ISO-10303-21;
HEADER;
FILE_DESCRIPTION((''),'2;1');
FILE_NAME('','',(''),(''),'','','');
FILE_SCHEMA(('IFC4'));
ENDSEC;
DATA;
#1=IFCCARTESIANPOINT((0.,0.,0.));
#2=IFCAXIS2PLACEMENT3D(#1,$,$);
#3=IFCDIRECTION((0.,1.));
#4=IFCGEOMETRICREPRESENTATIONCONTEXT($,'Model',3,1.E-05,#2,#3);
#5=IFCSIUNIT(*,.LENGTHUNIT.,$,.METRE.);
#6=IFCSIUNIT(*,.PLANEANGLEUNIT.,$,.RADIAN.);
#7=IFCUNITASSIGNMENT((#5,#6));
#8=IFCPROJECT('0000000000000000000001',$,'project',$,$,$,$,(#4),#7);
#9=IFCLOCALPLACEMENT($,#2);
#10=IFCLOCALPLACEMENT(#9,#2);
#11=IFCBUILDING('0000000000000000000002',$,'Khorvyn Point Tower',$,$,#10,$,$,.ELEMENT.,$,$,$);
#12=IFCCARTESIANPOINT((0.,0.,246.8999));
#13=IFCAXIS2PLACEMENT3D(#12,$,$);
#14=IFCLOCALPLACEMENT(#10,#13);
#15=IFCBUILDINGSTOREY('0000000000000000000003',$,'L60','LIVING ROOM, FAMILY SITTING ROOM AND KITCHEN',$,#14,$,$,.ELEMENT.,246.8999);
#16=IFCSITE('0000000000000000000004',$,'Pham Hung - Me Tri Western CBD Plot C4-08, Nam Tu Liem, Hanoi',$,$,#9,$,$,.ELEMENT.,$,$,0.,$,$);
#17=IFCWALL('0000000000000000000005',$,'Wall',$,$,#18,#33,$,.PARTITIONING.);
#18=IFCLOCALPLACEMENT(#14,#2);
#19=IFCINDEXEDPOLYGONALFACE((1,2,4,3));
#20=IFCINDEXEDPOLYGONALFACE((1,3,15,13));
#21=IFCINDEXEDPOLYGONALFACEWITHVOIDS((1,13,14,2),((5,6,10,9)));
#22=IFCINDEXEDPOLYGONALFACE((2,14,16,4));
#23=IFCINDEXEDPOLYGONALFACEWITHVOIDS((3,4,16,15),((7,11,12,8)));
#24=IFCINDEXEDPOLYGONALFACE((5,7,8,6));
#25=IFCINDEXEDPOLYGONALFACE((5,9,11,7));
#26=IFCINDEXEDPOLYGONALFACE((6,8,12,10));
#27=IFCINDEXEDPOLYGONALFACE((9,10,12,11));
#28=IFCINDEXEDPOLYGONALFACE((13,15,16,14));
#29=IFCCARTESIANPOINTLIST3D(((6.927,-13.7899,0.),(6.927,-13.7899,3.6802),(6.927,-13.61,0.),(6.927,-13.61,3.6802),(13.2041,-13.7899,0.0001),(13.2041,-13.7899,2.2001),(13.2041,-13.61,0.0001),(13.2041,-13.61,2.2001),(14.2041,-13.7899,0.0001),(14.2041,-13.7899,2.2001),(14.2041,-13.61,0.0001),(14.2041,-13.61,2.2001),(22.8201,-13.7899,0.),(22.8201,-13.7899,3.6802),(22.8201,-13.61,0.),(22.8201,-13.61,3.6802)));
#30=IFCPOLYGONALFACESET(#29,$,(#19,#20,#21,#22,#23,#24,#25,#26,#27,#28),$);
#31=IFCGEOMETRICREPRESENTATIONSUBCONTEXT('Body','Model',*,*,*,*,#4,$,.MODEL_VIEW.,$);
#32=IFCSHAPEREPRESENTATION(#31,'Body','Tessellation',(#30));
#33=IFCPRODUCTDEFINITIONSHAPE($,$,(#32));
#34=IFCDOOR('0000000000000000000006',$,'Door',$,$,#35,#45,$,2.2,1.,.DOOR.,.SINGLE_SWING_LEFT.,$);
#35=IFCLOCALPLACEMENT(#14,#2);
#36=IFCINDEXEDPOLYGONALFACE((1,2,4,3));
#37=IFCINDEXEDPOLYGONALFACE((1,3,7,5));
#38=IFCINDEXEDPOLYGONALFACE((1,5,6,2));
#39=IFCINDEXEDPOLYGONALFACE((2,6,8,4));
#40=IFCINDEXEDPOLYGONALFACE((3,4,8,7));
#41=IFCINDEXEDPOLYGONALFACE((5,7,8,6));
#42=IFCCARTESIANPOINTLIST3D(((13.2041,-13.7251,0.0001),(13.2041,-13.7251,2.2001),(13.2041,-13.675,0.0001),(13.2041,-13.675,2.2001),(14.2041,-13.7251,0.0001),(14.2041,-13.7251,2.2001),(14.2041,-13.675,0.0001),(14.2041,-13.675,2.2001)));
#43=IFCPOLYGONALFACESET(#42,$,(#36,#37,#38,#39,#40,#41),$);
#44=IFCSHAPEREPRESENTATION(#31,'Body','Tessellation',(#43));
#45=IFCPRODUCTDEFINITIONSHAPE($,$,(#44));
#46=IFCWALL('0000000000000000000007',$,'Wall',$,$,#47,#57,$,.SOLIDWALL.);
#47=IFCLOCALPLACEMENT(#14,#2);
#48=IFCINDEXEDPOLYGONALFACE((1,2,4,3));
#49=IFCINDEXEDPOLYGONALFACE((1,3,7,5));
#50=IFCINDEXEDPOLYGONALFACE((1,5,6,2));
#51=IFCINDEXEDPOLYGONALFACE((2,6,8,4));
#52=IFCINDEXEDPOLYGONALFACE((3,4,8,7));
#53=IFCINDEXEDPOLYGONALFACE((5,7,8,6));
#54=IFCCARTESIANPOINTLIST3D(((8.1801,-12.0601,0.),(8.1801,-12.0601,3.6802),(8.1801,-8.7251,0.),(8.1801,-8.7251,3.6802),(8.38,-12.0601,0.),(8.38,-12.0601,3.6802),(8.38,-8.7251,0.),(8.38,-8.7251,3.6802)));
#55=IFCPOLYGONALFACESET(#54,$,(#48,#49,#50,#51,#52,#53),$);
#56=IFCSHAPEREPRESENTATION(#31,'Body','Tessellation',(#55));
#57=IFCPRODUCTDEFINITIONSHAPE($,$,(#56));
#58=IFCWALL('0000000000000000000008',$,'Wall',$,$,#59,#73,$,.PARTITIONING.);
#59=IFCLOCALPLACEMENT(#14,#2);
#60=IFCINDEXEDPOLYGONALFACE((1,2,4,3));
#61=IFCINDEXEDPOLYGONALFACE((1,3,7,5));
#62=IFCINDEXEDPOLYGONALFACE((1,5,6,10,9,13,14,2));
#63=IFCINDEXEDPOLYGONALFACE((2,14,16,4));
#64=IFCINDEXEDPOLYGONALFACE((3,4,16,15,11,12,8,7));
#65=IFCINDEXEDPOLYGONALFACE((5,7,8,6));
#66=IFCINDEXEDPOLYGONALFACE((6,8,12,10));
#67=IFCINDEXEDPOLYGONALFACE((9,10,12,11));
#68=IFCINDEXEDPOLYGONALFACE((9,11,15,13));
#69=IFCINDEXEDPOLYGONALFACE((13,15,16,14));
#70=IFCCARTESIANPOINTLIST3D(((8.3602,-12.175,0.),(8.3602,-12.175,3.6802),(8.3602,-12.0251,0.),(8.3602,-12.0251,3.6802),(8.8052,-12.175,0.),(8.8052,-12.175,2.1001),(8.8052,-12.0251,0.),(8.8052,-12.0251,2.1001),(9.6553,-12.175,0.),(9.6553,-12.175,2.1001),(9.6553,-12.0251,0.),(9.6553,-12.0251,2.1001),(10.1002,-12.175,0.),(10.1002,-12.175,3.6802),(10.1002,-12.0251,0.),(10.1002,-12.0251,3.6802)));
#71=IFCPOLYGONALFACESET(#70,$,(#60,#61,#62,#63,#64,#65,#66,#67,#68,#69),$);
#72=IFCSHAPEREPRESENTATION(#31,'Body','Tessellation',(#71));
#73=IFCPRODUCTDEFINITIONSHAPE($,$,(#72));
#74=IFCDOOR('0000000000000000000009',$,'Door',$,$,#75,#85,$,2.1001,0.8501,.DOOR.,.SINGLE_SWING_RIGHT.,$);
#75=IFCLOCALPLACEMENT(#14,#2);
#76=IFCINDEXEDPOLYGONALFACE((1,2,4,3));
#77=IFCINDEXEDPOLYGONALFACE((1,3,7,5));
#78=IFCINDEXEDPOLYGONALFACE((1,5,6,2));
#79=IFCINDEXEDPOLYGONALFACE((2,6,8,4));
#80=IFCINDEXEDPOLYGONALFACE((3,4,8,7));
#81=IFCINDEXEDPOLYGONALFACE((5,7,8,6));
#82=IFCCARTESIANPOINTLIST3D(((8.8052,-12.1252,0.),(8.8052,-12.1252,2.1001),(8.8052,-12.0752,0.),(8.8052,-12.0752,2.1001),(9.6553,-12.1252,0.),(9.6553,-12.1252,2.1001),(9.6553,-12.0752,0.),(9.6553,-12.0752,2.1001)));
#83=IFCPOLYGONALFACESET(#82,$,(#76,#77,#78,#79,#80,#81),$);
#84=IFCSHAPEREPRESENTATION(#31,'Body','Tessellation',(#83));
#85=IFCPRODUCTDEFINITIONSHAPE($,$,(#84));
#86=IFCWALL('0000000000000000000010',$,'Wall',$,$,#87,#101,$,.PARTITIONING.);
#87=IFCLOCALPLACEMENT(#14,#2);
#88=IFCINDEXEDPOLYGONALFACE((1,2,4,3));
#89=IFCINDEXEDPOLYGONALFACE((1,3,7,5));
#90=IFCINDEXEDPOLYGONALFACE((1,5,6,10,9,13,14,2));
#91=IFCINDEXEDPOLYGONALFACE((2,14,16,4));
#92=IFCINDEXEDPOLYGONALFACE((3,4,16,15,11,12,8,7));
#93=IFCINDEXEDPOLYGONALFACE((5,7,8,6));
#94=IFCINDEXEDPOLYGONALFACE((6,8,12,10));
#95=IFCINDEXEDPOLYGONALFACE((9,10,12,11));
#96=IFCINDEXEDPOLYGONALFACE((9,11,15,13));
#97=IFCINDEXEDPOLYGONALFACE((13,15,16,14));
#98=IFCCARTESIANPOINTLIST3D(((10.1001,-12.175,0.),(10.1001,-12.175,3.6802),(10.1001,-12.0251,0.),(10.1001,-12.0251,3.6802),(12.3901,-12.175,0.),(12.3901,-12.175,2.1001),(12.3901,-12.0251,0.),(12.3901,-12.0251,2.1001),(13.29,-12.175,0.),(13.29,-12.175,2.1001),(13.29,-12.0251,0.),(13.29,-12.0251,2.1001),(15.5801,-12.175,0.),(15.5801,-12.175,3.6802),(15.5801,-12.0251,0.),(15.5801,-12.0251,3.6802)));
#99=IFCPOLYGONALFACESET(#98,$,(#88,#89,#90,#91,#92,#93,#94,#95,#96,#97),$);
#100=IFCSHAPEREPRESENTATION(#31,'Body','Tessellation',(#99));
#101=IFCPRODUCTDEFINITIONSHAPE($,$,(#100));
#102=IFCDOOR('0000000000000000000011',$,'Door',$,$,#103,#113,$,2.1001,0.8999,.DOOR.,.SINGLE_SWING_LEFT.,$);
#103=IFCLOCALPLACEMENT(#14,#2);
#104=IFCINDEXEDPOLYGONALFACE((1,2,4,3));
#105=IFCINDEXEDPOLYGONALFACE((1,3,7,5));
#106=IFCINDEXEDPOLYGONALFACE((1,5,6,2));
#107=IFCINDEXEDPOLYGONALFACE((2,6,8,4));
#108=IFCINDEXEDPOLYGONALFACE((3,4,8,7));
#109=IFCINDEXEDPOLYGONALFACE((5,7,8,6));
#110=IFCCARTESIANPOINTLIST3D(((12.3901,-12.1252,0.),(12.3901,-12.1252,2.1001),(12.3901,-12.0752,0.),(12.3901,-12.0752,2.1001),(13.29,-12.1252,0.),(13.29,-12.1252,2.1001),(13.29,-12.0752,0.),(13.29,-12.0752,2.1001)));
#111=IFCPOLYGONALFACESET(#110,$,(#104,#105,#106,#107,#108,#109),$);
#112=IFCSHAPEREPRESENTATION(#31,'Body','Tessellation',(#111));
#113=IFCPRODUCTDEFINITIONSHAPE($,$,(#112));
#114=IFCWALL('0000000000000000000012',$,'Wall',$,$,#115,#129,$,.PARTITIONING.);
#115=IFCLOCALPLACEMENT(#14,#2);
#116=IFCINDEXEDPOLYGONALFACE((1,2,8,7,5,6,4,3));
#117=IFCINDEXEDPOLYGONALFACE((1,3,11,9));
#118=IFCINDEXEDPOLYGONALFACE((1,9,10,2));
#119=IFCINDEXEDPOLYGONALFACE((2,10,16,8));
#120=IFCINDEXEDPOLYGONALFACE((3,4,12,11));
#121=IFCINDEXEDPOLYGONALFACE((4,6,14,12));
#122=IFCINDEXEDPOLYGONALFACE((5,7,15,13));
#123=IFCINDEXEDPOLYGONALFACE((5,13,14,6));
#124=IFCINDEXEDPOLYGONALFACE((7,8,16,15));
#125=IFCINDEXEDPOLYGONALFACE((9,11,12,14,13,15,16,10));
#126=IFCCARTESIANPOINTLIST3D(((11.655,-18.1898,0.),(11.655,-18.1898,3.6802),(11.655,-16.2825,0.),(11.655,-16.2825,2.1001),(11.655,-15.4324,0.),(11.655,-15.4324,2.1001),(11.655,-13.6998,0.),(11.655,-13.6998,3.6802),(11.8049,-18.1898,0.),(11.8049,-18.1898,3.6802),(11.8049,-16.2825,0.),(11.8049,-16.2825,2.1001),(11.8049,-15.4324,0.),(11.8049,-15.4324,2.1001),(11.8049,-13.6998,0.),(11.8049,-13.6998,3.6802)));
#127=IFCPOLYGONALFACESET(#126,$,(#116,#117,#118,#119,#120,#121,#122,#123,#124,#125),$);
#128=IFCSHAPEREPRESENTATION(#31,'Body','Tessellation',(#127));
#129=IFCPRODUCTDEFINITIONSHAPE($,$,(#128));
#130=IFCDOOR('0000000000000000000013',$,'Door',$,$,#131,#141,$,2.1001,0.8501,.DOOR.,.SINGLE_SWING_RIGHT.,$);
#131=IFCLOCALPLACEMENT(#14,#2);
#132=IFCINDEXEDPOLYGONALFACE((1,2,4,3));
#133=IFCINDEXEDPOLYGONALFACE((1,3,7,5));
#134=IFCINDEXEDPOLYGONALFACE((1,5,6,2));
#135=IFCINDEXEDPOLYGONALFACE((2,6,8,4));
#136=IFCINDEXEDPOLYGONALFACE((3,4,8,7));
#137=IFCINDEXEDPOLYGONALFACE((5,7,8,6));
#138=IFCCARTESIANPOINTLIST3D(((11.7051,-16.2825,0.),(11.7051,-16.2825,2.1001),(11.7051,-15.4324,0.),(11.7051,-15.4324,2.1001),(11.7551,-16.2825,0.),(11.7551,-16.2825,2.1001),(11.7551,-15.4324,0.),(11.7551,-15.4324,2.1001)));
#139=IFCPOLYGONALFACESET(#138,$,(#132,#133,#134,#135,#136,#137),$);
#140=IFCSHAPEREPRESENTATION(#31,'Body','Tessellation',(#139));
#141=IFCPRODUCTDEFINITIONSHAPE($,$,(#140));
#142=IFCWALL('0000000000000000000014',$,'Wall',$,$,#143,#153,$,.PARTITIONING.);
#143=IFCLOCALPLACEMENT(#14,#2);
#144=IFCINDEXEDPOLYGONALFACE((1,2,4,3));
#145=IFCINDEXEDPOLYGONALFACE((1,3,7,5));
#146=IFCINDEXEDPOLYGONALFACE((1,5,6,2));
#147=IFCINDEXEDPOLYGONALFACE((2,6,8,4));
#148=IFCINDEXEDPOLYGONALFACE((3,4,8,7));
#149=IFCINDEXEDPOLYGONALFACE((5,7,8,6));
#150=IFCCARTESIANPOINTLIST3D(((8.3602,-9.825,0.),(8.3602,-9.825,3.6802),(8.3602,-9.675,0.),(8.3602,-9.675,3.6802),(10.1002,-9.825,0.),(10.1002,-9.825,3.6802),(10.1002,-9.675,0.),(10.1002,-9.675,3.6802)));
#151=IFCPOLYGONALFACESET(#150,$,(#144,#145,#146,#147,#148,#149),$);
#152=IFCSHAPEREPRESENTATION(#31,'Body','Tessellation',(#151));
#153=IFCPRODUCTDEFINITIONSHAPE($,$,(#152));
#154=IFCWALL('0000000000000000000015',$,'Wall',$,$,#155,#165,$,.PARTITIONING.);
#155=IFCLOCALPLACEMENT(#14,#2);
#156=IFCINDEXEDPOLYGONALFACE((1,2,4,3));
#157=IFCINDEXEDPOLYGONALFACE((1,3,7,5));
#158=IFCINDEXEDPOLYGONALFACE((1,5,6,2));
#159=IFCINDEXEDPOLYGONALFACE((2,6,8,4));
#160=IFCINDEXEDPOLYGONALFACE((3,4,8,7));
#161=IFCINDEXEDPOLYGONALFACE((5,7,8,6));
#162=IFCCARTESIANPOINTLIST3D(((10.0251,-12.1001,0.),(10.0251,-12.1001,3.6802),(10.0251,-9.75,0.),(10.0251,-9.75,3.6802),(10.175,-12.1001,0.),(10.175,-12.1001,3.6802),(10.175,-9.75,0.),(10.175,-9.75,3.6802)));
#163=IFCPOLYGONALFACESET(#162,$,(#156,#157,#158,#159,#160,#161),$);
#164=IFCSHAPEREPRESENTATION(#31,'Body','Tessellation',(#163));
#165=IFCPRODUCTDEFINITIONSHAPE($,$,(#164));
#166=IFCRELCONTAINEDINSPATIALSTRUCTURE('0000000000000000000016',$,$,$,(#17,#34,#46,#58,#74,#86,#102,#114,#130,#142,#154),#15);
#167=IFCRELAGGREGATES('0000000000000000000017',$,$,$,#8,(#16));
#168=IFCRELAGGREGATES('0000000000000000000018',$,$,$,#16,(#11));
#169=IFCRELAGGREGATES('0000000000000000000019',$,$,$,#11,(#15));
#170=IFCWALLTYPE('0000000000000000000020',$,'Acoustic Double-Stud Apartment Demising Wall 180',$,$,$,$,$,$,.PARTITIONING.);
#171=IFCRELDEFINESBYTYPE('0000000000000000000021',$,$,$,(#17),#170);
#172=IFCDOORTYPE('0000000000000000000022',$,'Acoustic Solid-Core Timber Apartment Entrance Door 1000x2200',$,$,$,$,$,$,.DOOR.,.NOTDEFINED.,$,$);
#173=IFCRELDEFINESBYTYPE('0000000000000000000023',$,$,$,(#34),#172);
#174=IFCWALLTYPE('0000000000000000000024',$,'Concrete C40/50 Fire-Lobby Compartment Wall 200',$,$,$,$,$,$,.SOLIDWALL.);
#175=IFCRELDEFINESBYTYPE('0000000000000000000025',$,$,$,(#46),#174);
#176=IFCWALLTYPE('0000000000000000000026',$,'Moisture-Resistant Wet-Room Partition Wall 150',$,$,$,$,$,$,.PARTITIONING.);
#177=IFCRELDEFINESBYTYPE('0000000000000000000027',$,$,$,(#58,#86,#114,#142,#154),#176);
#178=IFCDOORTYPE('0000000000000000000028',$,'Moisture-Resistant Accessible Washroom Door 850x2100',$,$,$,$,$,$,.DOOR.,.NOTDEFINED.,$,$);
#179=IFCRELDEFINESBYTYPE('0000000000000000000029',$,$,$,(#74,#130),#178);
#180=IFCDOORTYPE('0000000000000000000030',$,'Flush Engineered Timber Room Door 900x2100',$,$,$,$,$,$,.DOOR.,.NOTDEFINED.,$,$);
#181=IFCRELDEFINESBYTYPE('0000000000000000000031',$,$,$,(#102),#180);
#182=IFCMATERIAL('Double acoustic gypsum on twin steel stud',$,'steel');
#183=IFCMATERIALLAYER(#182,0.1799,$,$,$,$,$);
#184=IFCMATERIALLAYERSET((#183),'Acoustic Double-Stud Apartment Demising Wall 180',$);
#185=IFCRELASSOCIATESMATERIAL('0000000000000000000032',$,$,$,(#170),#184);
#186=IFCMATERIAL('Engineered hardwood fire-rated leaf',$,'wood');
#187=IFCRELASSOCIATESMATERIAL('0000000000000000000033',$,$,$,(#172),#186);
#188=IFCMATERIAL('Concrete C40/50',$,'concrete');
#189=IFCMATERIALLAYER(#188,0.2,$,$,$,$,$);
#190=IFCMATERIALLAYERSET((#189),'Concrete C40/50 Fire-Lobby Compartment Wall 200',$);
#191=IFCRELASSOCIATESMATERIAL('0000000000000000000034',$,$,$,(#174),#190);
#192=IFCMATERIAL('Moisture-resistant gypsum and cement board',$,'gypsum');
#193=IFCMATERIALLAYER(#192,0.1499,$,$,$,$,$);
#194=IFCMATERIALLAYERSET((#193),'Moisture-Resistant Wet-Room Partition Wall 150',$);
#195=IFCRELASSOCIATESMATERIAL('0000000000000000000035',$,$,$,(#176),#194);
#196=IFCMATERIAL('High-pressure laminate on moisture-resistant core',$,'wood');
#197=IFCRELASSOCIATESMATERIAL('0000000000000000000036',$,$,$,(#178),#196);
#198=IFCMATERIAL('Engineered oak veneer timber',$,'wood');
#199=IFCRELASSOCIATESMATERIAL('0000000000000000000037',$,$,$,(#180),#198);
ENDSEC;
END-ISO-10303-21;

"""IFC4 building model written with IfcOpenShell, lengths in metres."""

from ifc_helpers import new_model, si_unit, direction, frame, frame_2d, origin, place, context, subcontext, project, spatial, rectangle, extrude, material, layer, layer_set, type_object, element, fill, save


model = new_model("IFC4")

# Units and contexts
model_context = context("Model", 3, precision=1e-05, world=origin(), true_north=direction((0.0, 1.0)))
body_context = subcontext(model_context, "Body", "Model", "MODEL_VIEW")
ifc_project = project(units=[si_unit("LENGTHUNIT", "METRE"), si_unit("PLANEANGLEUNIT", "RADIAN")], contexts=[model_context])

# Site, building, storey
site_placement = place(None, origin())
site = spatial("IfcSite", under=ifc_project, at=site_placement, Name="Pham Hung - Me Tri Western CBD Plot C4-08, Nam Tu Liem, Hanoi", CompositionType="ELEMENT", RefElevation=0.0)
building_placement = place(site_placement, origin())
building = spatial("IfcBuilding", under=site, at=building_placement, Name="Khorvyn Point Tower", CompositionType="ELEMENT")
storey_placement = place(building_placement, frame((0.0, 0.0, 246.8999)))
storey = spatial("IfcBuildingStorey", under=building, at=storey_placement, Name="L60", Description="LIVING ROOM, FAMILY SITTING ROOM AND KITCHEN", CompositionType="ELEMENT", Elevation=246.8999)

# Shared definitions
ifc_material_1 = material(Name="Concrete C40/50", Category="concrete")

# Wall, opening, door
ifc_material_2 = material(Name="Double acoustic gypsum on twin steel stud", Category="steel")
ifc_layer_1 = layer(ifc_material_2, 0.1799)
ifc_layer_set_1 = layer_set([ifc_layer_1], Name="Acoustic Double-Stud Apartment Demising Wall 180")
wall_type_1 = type_object("IfcWallType", Name="Acoustic Double-Stud Apartment Demising Wall 180", PredefinedType="PARTITIONING", material=ifc_layer_set_1)
wall_1_placement = place(storey_placement, frame((6.927, -13.7, 0.0), z_axis=(0.0, 0.0, 1.0), x_axis=(1.0, 0.0, 0.0)))
wall_1 = element("IfcWall", 1, at=wall_1_placement, inside=storey, type_object=wall_type_1, Name="Wall", PredefinedType="PARTITIONING", context=body_context, shape_type="SweptSolid", body=[
    extrude(rectangle(XDim=15.8931, YDim=0.1799, at=frame_2d((7.9465, 0.0))), origin(), (0.0, 0.0, 1.0), 3.6802),
])
opening_1_placement = place(wall_1_placement, frame((6.2771, 0.0, 0.0)))
opening_1 = element("IfcOpeningElement", 2, at=opening_1_placement, cuts=wall_1, PredefinedType="OPENING", context=body_context, shape_type="SweptSolid", body=[
    extrude(rectangle(XDim=1.0, YDim=2.2, at=frame_2d((0.5, 1.1001))), frame((0.0, 0.0999, 0.0), z_axis=(0.0, -1.0, 0.0), x_axis=(1.0, 0.0, 0.0)), (0.0, 0.0, 1.0), 0.2),
])
ifc_material_3 = material(Name="Engineered hardwood fire-rated leaf", Category="wood")
door_type_1 = type_object("IfcDoorType", Name="Acoustic Solid-Core Timber Apartment Entrance Door 1000x2200", OperationType="NOTDEFINED", PredefinedType="DOOR", material=ifc_material_3)
door_1_placement = place(opening_1_placement, origin())
door_1 = element("IfcDoor", 3, at=door_1_placement, inside=storey, type_object=door_type_1, Name="Door", OperationType="SINGLE_SWING_LEFT", OverallHeight=2.2, OverallWidth=1.0, PredefinedType="DOOR", context=body_context, shape_type="SweptSolid", body=[
    extrude(rectangle(XDim=1.0, YDim=2.2, at=frame_2d((0.5, 1.1001))), frame((0.0, 0.0249, 0.0), z_axis=(0.0, -1.0, 0.0), x_axis=(1.0, 0.0, 0.0)), (0.0, 0.0, 1.0), 0.05),
])
fill(opening_1, door_1)
ifc_layer_2 = layer(ifc_material_1, 0.2)
ifc_layer_set_2 = layer_set([ifc_layer_2], Name="Concrete C40/50 Fire-Lobby Compartment Wall 200")
wall_type_2 = type_object("IfcWallType", Name="Concrete C40/50 Fire-Lobby Compartment Wall 200", PredefinedType="SOLIDWALL", material=ifc_layer_set_2)

# Wall
wall_2_placement = place(storey_placement, frame((8.28, -12.0601, 0.0), z_axis=(0.0, 0.0, 1.0), x_axis=(0.0, 1.0, 0.0)))
element("IfcWall", 4, at=wall_2_placement, inside=storey, type_object=wall_type_2, Name="Wall", PredefinedType="SOLIDWALL", context=body_context, shape_type="SweptSolid", body=[
    extrude(rectangle(XDim=3.335, YDim=0.2, at=frame_2d((1.6675, 0.0))), origin(), (0.0, 0.0, 1.0), 3.6802),
])

# Walls, openings, doors
ifc_material_4 = material(Name="Moisture-resistant gypsum and cement board", Category="gypsum")
ifc_layer_3 = layer(ifc_material_4, 0.1499)
ifc_layer_set_3 = layer_set([ifc_layer_3], Name="Moisture-Resistant Wet-Room Partition Wall 150")
wall_type_3 = type_object("IfcWallType", Name="Moisture-Resistant Wet-Room Partition Wall 150", PredefinedType="PARTITIONING", material=ifc_layer_set_3)
wall_3_placement = place(storey_placement, frame((8.3601, -12.1001, 0.0), z_axis=(0.0, 0.0, 1.0), x_axis=(1.0, 0.0, 0.0)))
wall_3 = element("IfcWall", 5, at=wall_3_placement, inside=storey, type_object=wall_type_3, Name="Wall", PredefinedType="PARTITIONING", context=body_context, shape_type="SweptSolid", body=[
    extrude(rectangle(XDim=1.74, YDim=0.1499, at=frame_2d((0.8701, 0.0))), origin(), (0.0, 0.0, 1.0), 3.6802),
])
opening_2_placement = place(wall_3_placement, frame((0.4451, 0.0, 0.0)))
opening_2 = element("IfcOpeningElement", 6, at=opening_2_placement, cuts=wall_3, PredefinedType="OPENING", context=body_context, shape_type="SweptSolid", body=[
    extrude(rectangle(XDim=0.8501, YDim=2.1001, at=frame_2d((0.425, 1.05))), frame((0.0, 0.085, 0.0), z_axis=(0.0, -1.0, 0.0), x_axis=(1.0, 0.0, 0.0)), (0.0, 0.0, 1.0), 0.1699),
])
ifc_material_5 = material(Name="High-pressure laminate on moisture-resistant core", Category="wood")
door_type_2 = type_object("IfcDoorType", Name="Moisture-Resistant Accessible Washroom Door 850x2100", OperationType="NOTDEFINED", PredefinedType="DOOR", material=ifc_material_5)
door_2_placement = place(opening_2_placement, origin())
door_2 = element("IfcDoor", 7, at=door_2_placement, inside=storey, type_object=door_type_2, Name="Door", OperationType="SINGLE_SWING_RIGHT", OverallHeight=2.1001, OverallWidth=0.8501, PredefinedType="DOOR", context=body_context, shape_type="SweptSolid", body=[
    extrude(rectangle(XDim=0.8501, YDim=2.1001, at=frame_2d((0.425, 1.05))), frame((0.0, 0.0249, 0.0), z_axis=(0.0, -1.0, 0.0), x_axis=(1.0, 0.0, 0.0)), (0.0, 0.0, 1.0), 0.05),
])
fill(opening_2, door_2)
wall_4_placement = place(storey_placement, frame((10.1001, -12.1001, 0.0), z_axis=(0.0, 0.0, 1.0), x_axis=(1.0, 0.0, 0.0)))
wall_4 = element("IfcWall", 8, at=wall_4_placement, inside=storey, type_object=wall_type_3, Name="Wall", PredefinedType="PARTITIONING", context=body_context, shape_type="SweptSolid", body=[
    extrude(rectangle(XDim=5.48, YDim=0.1499, at=frame_2d((2.74, 0.0))), origin(), (0.0, 0.0, 1.0), 3.6802),
])
opening_3_placement = place(wall_4_placement, frame((2.29, 0.0, 0.0)))
opening_3 = element("IfcOpeningElement", 9, at=opening_3_placement, cuts=wall_4, PredefinedType="OPENING", context=body_context, shape_type="SweptSolid", body=[
    extrude(rectangle(XDim=0.8999, YDim=2.1001, at=frame_2d((0.45, 1.05))), frame((0.0, 0.085, 0.0), z_axis=(0.0, -1.0, 0.0), x_axis=(1.0, 0.0, 0.0)), (0.0, 0.0, 1.0), 0.1699),
])
ifc_material_6 = material(Name="Engineered oak veneer timber", Category="wood")
door_type_3 = type_object("IfcDoorType", Name="Flush Engineered Timber Room Door 900x2100", OperationType="NOTDEFINED", PredefinedType="DOOR", material=ifc_material_6)
door_3_placement = place(opening_3_placement, origin())
door_3 = element("IfcDoor", 10, at=door_3_placement, inside=storey, type_object=door_type_3, Name="Door", OperationType="SINGLE_SWING_LEFT", OverallHeight=2.1001, OverallWidth=0.8999, PredefinedType="DOOR", context=body_context, shape_type="SweptSolid", body=[
    extrude(rectangle(XDim=0.8999, YDim=2.1001, at=frame_2d((0.45, 1.05))), frame((0.0, 0.0249, 0.0), z_axis=(0.0, -1.0, 0.0), x_axis=(1.0, 0.0, 0.0)), (0.0, 0.0, 1.0), 0.05),
])
fill(opening_3, door_3)
wall_5_placement = place(storey_placement, frame((11.73, -18.1899, 0.0), z_axis=(0.0, 0.0, 1.0), x_axis=(0.0, 1.0, 0.0)))
wall_5 = element("IfcWall", 11, at=wall_5_placement, inside=storey, type_object=wall_type_3, Name="Wall", PredefinedType="PARTITIONING", context=body_context, shape_type="SweptSolid", body=[
    extrude(rectangle(XDim=4.49, YDim=0.1499, at=frame_2d((2.2451, 0.0))), origin(), (0.0, 0.0, 1.0), 3.6802),
])
opening_4_placement = place(wall_5_placement, frame((1.9075, 0.0, 0.0)))
opening_4 = element("IfcOpeningElement", 12, at=opening_4_placement, cuts=wall_5, PredefinedType="OPENING", context=body_context, shape_type="SweptSolid", body=[
    extrude(rectangle(XDim=0.8501, YDim=2.1001, at=frame_2d((0.425, 1.05))), frame((0.0, 0.085, 0.0), z_axis=(0.0, -1.0, 0.0), x_axis=(1.0, 0.0, 0.0)), (0.0, 0.0, 1.0), 0.1699),
])
door_4_placement = place(opening_4_placement, origin())
door_4 = element("IfcDoor", 13, at=door_4_placement, inside=storey, type_object=door_type_2, Name="Door", OperationType="SINGLE_SWING_RIGHT", OverallHeight=2.1001, OverallWidth=0.8501, PredefinedType="DOOR", context=body_context, shape_type="SweptSolid", body=[
    extrude(rectangle(XDim=0.8501, YDim=2.1001, at=frame_2d((0.425, 1.05))), frame((0.0, 0.0249, 0.0), z_axis=(0.0, -1.0, 0.0), x_axis=(1.0, 0.0, 0.0)), (0.0, 0.0, 1.0), 0.05),
])
fill(opening_4, door_4)

# Walls
wall_6_placement = place(storey_placement, frame((8.3601, -9.75, 0.0), z_axis=(0.0, 0.0, 1.0), x_axis=(1.0, 0.0, 0.0)))
element("IfcWall", 14, at=wall_6_placement, inside=storey, type_object=wall_type_3, Name="Wall", PredefinedType="PARTITIONING", context=body_context, shape_type="SweptSolid", body=[
    extrude(rectangle(XDim=1.74, YDim=0.1499, at=frame_2d((0.8701, 0.0))), origin(), (0.0, 0.0, 1.0), 3.6802),
])
wall_7_placement = place(storey_placement, frame((10.1001, -12.1001, 0.0), z_axis=(0.0, 0.0, 1.0), x_axis=(0.0, 1.0, 0.0)))
element("IfcWall", 15, at=wall_7_placement, inside=storey, type_object=wall_type_3, Name="Wall", PredefinedType="PARTITIONING", context=body_context, shape_type="SweptSolid", body=[
    extrude(rectangle(XDim=2.3501, YDim=0.1499, at=frame_2d((1.175, 0.0))), origin(), (0.0, 0.0, 1.0), 3.6802),
])

save(model, "model.ifc")
